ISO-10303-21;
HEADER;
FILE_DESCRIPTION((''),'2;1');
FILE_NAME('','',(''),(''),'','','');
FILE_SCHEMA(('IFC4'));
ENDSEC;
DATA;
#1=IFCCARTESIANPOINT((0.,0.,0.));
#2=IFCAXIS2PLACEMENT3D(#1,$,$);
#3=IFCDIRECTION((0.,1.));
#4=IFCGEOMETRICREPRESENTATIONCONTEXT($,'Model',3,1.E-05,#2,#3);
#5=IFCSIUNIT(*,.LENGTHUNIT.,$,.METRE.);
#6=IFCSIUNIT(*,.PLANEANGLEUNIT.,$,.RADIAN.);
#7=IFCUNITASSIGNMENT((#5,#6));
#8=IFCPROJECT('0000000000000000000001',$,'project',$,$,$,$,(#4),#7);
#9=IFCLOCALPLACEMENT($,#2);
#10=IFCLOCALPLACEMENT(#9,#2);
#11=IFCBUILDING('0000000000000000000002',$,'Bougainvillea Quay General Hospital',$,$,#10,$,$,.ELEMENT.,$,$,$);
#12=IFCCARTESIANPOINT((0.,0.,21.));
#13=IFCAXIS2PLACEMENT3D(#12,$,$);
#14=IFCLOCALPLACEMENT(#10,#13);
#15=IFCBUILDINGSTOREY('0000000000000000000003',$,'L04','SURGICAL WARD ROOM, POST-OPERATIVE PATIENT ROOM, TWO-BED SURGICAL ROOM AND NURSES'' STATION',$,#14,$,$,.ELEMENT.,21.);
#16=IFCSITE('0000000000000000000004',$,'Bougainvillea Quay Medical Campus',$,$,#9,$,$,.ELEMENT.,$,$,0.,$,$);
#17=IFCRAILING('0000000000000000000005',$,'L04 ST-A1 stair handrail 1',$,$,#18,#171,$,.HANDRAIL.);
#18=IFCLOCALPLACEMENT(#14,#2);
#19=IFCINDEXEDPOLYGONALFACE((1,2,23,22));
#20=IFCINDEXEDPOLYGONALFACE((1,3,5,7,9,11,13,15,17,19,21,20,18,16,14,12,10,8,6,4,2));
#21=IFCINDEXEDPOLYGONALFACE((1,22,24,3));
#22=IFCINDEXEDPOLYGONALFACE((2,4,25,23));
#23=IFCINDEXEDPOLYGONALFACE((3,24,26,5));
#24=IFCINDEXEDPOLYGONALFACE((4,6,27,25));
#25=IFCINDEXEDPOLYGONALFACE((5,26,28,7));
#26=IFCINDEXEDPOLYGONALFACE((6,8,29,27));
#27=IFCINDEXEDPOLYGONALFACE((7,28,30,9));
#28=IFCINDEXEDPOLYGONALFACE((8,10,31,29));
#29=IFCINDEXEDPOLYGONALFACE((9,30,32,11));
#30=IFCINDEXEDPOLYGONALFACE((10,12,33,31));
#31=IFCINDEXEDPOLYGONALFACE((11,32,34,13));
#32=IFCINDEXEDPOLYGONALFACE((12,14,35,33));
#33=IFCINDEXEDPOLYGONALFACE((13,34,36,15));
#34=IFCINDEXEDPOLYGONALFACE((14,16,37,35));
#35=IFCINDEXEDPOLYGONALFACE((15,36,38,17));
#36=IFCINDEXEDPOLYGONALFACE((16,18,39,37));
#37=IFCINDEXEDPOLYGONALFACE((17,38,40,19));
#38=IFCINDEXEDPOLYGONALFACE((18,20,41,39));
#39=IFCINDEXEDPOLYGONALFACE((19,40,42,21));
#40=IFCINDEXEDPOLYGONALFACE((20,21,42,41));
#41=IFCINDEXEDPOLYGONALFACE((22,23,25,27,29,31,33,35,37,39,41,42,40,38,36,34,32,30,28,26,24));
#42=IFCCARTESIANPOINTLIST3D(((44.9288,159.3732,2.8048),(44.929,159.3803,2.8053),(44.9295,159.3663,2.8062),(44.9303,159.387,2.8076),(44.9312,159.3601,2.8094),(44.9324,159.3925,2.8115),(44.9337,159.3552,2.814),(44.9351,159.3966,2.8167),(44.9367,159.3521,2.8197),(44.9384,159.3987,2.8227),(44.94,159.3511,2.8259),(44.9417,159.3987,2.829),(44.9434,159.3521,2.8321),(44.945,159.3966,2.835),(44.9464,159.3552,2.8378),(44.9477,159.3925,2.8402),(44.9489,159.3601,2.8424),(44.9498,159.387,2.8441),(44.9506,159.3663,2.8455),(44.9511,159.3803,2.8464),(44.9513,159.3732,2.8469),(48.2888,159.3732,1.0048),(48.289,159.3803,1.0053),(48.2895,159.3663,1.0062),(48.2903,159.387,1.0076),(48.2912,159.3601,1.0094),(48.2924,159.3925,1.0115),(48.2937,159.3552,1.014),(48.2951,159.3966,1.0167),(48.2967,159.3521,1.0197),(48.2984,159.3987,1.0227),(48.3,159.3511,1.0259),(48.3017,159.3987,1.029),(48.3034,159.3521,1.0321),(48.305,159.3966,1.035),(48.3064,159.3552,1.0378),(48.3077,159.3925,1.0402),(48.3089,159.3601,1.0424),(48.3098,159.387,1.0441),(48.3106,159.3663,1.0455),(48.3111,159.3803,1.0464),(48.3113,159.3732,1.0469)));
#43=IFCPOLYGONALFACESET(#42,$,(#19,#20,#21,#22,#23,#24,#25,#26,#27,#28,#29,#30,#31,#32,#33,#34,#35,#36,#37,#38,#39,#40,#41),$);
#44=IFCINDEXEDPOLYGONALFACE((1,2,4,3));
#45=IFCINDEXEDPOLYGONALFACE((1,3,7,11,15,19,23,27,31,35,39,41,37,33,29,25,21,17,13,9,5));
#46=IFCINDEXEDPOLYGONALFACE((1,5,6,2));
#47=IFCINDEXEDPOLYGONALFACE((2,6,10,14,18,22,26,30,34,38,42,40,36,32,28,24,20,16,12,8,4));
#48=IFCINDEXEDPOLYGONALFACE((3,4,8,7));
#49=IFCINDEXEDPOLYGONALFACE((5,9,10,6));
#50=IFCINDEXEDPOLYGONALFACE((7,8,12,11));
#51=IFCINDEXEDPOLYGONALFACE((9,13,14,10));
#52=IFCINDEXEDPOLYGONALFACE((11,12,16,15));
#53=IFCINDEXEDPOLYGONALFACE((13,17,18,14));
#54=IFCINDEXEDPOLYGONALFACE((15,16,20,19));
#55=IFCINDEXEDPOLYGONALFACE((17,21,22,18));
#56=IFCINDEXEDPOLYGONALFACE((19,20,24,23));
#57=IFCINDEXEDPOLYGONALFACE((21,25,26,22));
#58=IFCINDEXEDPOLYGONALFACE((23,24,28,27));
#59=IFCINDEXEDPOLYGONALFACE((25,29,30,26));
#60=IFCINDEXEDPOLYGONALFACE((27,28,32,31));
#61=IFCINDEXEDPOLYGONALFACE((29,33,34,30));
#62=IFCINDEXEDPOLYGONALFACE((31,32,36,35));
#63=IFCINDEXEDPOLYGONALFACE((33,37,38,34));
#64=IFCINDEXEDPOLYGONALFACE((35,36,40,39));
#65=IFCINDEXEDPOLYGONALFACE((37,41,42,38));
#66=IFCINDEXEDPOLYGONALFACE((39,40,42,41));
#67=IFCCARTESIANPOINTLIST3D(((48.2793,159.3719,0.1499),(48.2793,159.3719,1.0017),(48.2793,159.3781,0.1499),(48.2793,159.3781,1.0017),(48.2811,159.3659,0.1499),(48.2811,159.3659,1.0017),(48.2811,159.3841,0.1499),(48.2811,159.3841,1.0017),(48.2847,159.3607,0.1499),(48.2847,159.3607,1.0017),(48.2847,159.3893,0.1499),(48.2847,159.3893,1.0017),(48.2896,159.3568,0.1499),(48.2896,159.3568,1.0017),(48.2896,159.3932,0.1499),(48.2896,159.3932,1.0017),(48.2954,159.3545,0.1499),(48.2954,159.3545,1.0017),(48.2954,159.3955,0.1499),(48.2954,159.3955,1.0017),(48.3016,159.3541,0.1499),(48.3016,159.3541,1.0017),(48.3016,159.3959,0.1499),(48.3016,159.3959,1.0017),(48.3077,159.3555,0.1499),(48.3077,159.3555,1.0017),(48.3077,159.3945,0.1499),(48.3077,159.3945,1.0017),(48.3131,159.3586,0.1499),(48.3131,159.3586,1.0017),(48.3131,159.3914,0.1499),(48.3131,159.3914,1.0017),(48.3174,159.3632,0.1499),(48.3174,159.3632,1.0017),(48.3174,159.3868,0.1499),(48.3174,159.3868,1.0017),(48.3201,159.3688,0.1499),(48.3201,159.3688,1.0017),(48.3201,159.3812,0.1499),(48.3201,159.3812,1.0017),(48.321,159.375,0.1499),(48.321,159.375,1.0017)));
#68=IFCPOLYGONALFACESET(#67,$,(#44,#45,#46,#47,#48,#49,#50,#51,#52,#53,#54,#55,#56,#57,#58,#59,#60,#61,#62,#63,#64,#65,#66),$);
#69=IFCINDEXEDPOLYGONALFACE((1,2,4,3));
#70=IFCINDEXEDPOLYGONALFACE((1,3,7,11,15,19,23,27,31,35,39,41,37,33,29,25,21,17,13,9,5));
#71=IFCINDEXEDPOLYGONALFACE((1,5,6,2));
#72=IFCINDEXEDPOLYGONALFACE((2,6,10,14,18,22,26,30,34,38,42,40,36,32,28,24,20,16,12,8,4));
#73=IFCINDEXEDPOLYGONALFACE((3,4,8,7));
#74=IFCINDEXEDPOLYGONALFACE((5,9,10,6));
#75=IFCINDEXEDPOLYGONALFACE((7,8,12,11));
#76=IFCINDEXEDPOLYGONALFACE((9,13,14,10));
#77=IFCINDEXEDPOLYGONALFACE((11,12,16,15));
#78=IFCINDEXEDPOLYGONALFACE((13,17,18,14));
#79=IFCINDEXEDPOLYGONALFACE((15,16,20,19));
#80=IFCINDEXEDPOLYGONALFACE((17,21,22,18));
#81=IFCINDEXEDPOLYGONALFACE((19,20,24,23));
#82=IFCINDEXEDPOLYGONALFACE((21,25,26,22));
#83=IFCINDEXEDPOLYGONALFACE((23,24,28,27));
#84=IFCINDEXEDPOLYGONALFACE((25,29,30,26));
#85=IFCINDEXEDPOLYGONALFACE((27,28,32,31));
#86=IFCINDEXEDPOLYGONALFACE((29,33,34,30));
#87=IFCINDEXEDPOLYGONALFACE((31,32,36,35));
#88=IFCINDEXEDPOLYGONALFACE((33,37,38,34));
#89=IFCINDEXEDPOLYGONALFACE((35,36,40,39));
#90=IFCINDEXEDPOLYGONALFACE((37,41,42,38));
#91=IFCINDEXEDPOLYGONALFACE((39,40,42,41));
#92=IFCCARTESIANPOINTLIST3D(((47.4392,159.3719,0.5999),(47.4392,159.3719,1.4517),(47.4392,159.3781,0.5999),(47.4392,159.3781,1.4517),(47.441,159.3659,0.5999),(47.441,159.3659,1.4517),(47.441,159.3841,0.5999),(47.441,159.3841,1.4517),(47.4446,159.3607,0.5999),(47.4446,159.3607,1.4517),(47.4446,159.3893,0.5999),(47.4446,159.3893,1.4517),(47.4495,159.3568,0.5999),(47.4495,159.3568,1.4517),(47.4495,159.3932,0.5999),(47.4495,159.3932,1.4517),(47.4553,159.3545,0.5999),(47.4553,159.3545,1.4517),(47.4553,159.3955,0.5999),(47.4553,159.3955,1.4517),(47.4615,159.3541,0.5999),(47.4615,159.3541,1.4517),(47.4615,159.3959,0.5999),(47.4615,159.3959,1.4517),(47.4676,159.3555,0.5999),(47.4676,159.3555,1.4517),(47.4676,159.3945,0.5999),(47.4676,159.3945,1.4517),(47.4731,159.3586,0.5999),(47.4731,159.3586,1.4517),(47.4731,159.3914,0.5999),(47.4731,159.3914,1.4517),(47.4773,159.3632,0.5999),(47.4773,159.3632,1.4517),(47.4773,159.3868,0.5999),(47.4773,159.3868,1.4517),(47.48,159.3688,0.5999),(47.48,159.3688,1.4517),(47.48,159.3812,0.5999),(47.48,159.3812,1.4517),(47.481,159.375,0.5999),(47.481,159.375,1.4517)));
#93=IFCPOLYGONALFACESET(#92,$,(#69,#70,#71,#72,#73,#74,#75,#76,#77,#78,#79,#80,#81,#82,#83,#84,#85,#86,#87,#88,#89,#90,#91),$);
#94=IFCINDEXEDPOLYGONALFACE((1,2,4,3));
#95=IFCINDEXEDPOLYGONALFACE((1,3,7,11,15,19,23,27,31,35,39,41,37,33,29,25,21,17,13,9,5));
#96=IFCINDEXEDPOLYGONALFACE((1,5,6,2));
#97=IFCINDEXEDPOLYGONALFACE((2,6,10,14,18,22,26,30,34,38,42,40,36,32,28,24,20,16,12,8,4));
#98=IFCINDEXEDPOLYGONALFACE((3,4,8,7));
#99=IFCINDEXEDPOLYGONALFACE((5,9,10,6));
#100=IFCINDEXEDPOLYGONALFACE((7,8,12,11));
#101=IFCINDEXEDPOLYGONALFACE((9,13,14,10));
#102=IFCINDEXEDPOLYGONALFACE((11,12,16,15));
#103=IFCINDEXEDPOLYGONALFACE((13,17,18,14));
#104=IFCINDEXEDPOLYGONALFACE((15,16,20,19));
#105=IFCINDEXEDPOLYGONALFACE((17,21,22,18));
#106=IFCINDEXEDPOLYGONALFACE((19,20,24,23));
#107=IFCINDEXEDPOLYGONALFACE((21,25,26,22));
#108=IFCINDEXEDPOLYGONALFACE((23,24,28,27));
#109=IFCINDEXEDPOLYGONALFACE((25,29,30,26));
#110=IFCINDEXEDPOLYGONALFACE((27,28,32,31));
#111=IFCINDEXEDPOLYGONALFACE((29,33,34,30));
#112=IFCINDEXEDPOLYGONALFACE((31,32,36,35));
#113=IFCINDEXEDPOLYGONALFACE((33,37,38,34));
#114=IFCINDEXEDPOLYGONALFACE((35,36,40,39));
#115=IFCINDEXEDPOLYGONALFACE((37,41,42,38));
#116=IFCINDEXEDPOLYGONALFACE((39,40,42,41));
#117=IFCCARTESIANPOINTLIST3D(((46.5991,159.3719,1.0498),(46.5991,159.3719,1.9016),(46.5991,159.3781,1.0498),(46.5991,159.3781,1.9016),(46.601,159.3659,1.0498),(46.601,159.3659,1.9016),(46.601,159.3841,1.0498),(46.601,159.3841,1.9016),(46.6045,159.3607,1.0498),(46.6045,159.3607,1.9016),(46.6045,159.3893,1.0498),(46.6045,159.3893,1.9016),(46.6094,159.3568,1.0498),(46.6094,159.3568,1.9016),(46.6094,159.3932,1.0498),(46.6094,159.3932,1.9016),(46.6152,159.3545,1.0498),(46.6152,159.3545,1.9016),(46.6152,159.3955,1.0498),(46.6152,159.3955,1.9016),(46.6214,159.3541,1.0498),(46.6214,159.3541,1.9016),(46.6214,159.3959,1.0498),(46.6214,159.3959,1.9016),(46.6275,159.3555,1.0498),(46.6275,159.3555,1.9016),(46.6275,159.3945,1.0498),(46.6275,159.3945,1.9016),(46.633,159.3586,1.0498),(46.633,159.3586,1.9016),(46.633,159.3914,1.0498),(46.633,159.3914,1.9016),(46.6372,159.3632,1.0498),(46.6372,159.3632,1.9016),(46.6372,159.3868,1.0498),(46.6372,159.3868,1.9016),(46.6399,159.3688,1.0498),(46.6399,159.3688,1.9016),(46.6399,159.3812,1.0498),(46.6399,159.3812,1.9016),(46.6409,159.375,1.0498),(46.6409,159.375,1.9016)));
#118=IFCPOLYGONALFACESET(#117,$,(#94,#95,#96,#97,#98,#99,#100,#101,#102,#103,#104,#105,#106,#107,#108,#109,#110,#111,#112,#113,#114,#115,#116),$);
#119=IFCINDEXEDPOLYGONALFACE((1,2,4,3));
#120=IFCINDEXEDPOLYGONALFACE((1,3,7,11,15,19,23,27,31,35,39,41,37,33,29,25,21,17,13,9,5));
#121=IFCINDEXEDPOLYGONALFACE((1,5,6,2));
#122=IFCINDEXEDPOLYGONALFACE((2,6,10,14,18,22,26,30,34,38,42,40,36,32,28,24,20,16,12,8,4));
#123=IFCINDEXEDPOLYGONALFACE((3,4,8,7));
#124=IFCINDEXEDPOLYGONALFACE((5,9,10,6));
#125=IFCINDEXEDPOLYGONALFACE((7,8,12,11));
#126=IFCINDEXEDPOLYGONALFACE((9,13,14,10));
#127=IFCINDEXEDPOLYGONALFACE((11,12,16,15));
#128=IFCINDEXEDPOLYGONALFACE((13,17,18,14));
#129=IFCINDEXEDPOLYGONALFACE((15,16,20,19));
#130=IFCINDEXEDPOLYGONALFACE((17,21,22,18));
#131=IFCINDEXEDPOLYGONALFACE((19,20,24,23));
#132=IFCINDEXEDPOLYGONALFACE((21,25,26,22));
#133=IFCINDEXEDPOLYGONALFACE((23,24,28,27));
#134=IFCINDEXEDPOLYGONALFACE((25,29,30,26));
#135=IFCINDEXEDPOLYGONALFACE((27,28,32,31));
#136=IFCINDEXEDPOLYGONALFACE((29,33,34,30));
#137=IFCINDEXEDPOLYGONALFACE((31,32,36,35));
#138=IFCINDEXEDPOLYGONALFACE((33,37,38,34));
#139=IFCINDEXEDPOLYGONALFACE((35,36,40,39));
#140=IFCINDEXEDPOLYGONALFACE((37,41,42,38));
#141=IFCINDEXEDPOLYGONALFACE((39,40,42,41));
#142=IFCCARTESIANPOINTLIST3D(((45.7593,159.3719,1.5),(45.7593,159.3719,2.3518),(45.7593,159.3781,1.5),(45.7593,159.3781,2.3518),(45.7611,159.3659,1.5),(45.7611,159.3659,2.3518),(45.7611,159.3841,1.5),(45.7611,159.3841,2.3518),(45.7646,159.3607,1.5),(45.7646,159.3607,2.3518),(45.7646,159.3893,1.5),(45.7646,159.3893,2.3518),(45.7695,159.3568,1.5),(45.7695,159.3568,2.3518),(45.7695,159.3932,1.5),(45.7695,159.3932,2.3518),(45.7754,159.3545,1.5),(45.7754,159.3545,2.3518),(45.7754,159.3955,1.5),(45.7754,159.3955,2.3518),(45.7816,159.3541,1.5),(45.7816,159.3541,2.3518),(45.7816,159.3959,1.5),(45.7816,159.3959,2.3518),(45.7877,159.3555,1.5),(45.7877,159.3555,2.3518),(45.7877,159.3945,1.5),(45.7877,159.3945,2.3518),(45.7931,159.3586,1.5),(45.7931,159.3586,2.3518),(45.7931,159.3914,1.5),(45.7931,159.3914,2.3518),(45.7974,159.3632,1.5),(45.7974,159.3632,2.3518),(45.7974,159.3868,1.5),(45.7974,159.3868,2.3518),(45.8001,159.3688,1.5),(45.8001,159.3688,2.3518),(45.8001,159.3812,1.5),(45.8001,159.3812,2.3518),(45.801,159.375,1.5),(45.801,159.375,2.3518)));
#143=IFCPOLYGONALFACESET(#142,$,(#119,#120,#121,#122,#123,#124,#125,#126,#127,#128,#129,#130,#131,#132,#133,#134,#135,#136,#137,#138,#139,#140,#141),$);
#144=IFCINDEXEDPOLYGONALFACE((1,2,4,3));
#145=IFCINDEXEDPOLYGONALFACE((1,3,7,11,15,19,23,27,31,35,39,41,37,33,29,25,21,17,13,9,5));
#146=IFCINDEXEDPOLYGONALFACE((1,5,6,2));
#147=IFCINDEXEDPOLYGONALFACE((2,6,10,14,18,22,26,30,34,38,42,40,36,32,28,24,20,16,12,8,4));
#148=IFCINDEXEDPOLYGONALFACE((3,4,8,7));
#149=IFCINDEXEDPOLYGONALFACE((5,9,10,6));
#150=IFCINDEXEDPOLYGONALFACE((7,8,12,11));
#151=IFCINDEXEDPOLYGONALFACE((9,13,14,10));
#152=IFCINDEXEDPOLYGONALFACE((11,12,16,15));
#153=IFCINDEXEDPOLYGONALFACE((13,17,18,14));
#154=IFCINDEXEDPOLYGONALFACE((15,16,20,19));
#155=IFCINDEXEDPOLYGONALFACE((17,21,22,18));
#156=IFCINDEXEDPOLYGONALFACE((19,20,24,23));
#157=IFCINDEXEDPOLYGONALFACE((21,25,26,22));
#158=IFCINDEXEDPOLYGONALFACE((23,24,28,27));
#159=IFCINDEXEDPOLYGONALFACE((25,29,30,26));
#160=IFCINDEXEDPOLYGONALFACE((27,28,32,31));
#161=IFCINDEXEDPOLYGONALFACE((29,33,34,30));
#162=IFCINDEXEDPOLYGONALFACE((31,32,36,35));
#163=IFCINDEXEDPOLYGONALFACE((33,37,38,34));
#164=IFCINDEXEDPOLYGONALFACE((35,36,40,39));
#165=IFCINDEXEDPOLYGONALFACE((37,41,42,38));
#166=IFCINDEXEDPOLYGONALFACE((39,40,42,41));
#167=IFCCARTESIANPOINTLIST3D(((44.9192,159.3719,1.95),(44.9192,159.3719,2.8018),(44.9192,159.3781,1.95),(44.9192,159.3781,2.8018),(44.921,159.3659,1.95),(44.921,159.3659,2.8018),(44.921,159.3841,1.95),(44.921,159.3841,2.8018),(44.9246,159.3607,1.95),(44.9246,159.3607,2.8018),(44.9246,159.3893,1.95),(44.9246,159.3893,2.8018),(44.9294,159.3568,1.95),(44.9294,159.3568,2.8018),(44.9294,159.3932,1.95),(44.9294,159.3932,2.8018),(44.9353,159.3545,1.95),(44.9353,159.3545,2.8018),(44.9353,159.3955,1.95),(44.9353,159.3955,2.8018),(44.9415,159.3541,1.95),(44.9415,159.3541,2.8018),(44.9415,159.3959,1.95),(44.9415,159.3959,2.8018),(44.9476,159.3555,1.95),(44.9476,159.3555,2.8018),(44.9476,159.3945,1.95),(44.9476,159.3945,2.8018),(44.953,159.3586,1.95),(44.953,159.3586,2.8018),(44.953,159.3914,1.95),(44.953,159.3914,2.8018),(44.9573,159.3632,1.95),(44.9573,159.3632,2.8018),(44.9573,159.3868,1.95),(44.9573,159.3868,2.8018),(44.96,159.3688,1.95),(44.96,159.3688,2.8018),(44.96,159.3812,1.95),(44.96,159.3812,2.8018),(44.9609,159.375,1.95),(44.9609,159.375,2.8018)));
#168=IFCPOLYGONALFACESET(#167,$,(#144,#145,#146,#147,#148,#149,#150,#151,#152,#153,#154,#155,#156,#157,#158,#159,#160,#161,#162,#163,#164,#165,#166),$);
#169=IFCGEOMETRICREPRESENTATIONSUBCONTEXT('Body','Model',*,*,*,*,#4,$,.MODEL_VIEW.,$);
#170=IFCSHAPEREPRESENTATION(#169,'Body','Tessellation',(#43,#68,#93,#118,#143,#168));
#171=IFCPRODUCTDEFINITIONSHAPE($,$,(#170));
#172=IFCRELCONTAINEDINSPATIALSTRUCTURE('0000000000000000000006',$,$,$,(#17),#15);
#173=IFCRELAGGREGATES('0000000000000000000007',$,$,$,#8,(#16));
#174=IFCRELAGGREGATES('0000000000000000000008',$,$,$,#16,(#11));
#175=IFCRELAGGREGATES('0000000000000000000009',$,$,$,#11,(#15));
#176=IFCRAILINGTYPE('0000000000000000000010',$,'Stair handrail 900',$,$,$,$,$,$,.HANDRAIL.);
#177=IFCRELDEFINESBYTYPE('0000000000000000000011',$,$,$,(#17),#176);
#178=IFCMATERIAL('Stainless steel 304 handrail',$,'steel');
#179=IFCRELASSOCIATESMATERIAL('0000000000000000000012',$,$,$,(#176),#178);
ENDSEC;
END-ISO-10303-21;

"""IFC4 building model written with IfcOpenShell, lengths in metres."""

from ifc_helpers import new_model, si_unit, direction, frame, origin, origin_2d, place, context, subcontext, project, spatial, circle, extrude, material, type_object, element, save


model = new_model("IFC4")

# Units and contexts
model_context = context("Model", 3, precision=1e-05, world=origin(), true_north=direction((0.0, 1.0)))
body_context = subcontext(model_context, "Body", "Model", "MODEL_VIEW")
ifc_project = project(units=[si_unit("LENGTHUNIT", "METRE"), si_unit("PLANEANGLEUNIT", "RADIAN")], contexts=[model_context])

# Site, building, storey
site_placement = place(None, origin())
site = spatial("IfcSite", under=ifc_project, at=site_placement, Name="Bougainvillea Quay Medical Campus", CompositionType="ELEMENT", RefElevation=0.0)
building_placement = place(site_placement, origin())
building = spatial("IfcBuilding", under=site, at=building_placement, Name="Bougainvillea Quay General Hospital", CompositionType="ELEMENT")
storey_placement = place(building_placement, frame((0.0, 0.0, 21.0)))
storey = spatial("IfcBuildingStorey", under=building, at=storey_placement, Name="L04", Description="SURGICAL WARD ROOM, POST-OPERATIVE PATIENT ROOM, TWO-BED SURGICAL ROOM AND NURSES' STATION", CompositionType="ELEMENT", Elevation=21.0)

# Railing
ifc_material_1 = material(Name="Stainless steel 304 handrail", Category="steel")
railing_type_1 = type_object("IfcRailingType", Name="Stair handrail 900", PredefinedType="HANDRAIL", material=ifc_material_1)
railing_1_placement = place(storey_placement, frame((48.3, 159.375, 0.1499)))
element("IfcRailing", 1, at=railing_1_placement, inside=storey, type_object=railing_type_1, Name="L04 ST-A1 stair handrail 1", PredefinedType="HANDRAIL", context=body_context, shape_type="SweptSolid", body=[
    extrude(circle(Radius=0.0239, at=origin_2d()), frame((0.0, 0.0, 0.876), z_axis=(-0.881481, 0.0, 0.47222), x_axis=(0.0, -1.0, 0.0)), (0.0, 0.0, 1.0), 3.8118),
    extrude(circle(Radius=0.021, at=origin_2d()), origin(), (0.0, 0.0, 1.0), 0.8518),
    extrude(circle(Radius=0.021, at=origin_2d()), frame((-0.8401, 0.0, 0.45)), (0.0, 0.0, 1.0), 0.8518),
    extrude(circle(Radius=0.021, at=origin_2d()), frame((-1.6802, 0.0, 0.8999)), (0.0, 0.0, 1.0), 0.8518),
    extrude(circle(Radius=0.021, at=origin_2d()), frame((-2.52, 0.0, 1.3501)), (0.0, 0.0, 1.0), 0.8518),
    extrude(circle(Radius=0.021, at=origin_2d()), frame((-3.3601, 0.0, 1.8)), (0.0, 0.0, 1.0), 0.8518),
])

save(model, "model.ifc")
